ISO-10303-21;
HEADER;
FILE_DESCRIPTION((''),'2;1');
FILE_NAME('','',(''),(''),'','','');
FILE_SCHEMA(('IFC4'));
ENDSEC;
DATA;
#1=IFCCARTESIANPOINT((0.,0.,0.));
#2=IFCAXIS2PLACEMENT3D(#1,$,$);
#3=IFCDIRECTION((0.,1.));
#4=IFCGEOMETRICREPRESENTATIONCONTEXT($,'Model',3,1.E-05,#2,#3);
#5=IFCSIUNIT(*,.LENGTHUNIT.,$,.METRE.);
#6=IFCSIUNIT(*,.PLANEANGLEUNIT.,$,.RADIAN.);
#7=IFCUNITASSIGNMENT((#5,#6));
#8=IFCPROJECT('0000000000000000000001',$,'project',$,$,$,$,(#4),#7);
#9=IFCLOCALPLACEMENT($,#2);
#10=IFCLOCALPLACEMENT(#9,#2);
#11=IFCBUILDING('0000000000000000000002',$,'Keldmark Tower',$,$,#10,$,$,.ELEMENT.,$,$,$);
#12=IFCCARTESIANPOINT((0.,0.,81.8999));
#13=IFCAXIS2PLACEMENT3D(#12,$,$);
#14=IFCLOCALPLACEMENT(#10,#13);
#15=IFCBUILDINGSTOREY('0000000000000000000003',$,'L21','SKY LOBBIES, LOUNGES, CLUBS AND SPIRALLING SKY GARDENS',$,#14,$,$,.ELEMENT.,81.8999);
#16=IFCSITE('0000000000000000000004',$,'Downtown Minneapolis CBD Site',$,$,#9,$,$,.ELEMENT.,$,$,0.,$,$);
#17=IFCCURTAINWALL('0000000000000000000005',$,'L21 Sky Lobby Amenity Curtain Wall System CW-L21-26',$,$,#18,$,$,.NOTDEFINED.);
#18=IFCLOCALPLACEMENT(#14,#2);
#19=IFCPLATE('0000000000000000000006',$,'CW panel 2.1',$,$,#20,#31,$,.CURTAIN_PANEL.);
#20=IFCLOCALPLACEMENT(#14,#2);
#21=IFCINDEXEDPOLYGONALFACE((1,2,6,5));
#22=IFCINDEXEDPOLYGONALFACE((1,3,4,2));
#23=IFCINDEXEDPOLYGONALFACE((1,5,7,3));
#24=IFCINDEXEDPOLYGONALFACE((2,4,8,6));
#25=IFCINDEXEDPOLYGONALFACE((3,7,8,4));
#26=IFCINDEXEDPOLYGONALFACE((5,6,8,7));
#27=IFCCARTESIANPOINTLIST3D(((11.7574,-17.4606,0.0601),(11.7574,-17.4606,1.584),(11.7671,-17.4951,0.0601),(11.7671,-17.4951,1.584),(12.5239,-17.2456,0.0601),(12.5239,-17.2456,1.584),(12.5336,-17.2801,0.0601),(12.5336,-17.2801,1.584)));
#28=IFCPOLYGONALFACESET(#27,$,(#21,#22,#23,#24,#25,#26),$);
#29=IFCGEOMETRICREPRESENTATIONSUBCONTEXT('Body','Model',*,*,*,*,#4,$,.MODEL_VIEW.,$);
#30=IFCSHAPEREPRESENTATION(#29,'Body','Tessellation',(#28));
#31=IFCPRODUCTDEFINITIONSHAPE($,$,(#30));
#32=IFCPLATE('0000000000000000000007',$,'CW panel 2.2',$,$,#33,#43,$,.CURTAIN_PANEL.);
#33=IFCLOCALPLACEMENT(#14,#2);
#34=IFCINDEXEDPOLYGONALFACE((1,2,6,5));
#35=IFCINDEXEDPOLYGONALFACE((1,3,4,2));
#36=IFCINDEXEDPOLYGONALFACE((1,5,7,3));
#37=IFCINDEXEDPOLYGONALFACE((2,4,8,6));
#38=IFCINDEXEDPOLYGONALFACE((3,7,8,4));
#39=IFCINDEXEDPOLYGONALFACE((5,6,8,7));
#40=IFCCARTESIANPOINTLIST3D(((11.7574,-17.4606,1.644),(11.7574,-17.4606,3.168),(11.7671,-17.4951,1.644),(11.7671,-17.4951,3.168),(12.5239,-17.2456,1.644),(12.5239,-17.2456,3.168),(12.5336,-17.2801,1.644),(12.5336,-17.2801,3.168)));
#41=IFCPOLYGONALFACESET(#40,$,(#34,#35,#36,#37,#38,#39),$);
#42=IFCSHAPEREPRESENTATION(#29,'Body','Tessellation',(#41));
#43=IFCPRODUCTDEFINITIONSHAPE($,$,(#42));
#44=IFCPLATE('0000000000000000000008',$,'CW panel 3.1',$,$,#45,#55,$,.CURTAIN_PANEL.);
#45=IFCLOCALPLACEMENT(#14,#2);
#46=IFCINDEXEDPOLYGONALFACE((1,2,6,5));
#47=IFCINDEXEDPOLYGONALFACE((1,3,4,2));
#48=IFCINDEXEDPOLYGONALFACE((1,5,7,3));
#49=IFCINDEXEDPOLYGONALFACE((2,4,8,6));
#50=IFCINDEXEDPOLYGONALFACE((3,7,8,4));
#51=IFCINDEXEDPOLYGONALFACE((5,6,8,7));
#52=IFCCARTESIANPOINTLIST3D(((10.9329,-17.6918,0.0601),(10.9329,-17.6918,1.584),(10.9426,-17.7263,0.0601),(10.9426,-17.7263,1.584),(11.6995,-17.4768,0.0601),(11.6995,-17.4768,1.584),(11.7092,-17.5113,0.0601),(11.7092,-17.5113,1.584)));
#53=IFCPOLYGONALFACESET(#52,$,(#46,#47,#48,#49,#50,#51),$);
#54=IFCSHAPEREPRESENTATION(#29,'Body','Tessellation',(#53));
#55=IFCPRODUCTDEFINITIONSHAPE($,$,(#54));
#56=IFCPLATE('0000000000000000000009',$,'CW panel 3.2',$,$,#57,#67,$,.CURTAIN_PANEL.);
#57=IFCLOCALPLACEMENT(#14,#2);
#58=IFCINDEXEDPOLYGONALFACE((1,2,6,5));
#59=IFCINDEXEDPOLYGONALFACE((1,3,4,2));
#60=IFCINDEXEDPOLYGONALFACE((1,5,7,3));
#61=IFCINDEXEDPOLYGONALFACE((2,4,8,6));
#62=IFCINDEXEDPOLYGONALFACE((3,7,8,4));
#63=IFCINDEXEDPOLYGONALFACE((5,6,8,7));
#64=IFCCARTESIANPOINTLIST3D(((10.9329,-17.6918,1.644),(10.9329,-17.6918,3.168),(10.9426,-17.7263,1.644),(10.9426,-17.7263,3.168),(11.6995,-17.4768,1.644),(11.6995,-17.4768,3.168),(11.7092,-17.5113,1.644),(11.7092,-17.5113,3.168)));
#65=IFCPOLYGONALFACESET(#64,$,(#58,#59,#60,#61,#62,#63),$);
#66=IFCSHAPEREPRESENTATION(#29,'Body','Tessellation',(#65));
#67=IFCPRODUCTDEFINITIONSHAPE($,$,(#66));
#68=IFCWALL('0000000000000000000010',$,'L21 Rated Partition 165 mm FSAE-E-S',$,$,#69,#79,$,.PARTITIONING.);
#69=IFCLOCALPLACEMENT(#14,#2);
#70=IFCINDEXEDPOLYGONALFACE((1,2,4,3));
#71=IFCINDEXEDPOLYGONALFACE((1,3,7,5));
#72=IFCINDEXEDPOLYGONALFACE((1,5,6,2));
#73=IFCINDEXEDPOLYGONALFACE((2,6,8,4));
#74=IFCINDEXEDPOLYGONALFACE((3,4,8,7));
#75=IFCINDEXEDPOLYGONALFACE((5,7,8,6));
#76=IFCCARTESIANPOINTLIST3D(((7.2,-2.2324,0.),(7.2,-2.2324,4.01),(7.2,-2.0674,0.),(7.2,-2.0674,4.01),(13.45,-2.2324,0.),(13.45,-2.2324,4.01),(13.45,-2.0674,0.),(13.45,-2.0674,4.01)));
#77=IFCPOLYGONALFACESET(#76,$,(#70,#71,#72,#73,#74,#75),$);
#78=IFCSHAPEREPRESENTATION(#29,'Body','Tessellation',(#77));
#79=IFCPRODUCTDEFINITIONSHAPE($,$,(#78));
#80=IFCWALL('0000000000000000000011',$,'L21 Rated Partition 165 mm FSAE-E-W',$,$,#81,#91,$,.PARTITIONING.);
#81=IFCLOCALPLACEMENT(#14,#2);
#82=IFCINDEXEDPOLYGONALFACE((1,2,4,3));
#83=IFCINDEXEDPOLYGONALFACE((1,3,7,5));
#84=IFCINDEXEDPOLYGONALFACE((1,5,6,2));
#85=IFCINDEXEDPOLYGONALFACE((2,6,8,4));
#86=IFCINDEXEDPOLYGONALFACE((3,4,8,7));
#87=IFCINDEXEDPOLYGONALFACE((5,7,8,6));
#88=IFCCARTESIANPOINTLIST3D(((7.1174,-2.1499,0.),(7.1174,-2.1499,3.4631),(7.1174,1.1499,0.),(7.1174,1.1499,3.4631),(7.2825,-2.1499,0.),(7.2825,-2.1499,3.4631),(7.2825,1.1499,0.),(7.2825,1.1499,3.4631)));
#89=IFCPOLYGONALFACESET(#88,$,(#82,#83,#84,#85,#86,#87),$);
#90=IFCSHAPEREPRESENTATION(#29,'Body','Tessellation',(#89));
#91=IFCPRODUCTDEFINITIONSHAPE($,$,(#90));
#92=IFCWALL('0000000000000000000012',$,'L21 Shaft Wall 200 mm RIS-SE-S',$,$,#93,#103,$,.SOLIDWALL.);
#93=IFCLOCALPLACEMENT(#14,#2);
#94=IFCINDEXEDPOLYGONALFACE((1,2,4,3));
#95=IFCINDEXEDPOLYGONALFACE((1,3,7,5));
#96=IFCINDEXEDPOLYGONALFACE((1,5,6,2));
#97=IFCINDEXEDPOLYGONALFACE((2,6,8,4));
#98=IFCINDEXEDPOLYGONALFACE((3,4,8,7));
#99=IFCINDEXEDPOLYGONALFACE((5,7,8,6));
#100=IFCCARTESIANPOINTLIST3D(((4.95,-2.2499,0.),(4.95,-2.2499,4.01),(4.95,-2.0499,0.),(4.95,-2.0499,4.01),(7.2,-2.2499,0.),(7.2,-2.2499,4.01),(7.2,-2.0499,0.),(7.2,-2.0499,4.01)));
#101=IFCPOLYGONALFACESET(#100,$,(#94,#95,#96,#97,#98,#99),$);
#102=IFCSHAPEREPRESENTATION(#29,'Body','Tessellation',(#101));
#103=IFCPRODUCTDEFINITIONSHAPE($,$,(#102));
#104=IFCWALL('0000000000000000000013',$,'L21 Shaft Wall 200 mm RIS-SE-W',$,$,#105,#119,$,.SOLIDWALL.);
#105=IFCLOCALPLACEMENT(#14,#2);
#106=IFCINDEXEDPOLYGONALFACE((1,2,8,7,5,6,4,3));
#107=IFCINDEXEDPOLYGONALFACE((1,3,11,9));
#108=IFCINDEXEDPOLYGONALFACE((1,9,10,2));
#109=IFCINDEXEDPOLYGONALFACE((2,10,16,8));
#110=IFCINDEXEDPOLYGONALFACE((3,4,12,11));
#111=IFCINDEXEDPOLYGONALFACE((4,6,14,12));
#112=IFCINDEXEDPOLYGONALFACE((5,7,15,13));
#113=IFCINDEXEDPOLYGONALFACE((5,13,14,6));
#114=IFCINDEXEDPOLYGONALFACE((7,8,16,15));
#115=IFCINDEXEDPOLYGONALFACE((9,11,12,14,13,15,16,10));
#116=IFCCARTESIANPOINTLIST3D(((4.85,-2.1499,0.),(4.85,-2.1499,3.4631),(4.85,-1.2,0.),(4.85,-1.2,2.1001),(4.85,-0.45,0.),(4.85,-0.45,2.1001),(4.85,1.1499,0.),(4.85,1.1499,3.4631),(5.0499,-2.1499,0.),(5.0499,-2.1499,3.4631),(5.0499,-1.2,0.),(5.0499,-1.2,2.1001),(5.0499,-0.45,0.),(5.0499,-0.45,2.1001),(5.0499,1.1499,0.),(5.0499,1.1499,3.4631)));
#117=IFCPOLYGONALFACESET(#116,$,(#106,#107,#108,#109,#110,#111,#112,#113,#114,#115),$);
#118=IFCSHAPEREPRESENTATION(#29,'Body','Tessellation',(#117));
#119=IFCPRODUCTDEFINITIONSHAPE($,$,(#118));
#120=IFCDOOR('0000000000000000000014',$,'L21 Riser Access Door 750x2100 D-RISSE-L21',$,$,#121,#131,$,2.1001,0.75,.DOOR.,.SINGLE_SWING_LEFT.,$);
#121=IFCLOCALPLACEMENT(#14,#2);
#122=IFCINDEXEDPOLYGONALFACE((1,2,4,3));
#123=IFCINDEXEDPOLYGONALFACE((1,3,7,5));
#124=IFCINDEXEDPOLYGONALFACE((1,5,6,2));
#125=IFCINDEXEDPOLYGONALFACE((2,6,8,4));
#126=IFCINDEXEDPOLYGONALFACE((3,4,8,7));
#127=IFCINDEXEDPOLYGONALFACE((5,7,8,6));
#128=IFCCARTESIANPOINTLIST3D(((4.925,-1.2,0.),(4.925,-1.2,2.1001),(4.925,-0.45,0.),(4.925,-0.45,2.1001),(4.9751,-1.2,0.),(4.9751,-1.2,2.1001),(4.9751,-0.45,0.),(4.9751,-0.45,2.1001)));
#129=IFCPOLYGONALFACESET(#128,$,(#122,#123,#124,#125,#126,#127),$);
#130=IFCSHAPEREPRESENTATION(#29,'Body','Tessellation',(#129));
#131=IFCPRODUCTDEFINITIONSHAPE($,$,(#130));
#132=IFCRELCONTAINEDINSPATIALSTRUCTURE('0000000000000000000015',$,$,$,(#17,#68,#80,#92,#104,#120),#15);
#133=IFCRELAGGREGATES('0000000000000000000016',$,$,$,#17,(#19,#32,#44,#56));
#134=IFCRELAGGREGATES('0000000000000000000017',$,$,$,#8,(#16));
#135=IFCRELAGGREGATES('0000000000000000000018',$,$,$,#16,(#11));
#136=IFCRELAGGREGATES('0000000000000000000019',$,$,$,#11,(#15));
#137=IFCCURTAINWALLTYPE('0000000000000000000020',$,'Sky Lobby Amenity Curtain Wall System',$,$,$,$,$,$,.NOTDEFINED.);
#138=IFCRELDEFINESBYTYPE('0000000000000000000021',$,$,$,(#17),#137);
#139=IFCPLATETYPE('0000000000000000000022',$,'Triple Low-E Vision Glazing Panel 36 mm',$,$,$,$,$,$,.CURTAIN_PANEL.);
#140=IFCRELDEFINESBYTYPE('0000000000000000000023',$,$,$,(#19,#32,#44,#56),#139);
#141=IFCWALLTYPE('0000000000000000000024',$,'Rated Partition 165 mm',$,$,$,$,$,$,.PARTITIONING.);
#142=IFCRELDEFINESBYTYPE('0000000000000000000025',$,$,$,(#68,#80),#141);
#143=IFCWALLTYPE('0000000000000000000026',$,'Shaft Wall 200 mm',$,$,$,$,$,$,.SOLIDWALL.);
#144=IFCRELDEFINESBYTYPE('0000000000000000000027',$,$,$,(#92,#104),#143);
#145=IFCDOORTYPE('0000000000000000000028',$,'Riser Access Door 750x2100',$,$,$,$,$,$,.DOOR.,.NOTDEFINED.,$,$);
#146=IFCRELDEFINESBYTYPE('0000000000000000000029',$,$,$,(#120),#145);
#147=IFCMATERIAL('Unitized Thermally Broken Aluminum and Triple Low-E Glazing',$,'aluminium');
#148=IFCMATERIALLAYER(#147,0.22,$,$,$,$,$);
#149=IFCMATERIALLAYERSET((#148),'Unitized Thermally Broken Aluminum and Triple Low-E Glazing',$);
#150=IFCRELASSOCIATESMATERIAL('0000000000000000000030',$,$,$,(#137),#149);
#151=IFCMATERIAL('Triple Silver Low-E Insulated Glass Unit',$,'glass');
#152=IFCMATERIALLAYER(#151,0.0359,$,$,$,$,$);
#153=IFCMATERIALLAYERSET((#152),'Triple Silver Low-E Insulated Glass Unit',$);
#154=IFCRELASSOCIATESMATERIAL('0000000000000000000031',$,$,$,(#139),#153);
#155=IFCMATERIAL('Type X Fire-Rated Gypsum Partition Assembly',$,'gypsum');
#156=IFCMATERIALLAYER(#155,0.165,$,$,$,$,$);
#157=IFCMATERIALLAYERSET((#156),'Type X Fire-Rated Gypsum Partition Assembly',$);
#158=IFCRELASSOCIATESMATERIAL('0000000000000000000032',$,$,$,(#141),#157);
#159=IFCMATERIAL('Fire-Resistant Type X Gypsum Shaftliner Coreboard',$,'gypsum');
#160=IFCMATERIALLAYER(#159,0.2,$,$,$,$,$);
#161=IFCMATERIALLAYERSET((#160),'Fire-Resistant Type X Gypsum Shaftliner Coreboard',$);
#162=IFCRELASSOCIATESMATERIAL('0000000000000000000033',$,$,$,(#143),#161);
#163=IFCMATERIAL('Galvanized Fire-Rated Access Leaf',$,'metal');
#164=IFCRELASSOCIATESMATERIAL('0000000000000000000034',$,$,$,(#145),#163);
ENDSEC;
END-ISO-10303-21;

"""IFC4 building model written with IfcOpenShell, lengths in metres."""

from ifc_helpers import new_model, si_unit, direction, frame, frame_2d, origin, origin_2d, place, context, subcontext, project, spatial, rectangle, extrude, material, layer, layer_set, type_object, element, fill, aggregate, save


model = new_model("IFC4")

# Units and contexts
model_context = context("Model", 3, precision=1e-05, world=origin(), true_north=direction((0.0, 1.0)))
body_context = subcontext(model_context, "Body", "Model", "MODEL_VIEW")
ifc_project = project(units=[si_unit("LENGTHUNIT", "METRE"), si_unit("PLANEANGLEUNIT", "RADIAN")], contexts=[model_context])

# Site, building, storey
site_placement = place(None, origin())
site = spatial("IfcSite", under=ifc_project, at=site_placement, Name="Downtown Minneapolis CBD Site", CompositionType="ELEMENT", RefElevation=0.0)
building_placement = place(site_placement, origin())
building = spatial("IfcBuilding", under=site, at=building_placement, Name="Keldmark Tower", CompositionType="ELEMENT")
storey_placement = place(building_placement, frame((0.0, 0.0, 81.8999)))
storey = spatial("IfcBuildingStorey", under=building, at=storey_placement, Name="L21", Description="SKY LOBBIES, LOUNGES, CLUBS AND SPIRALLING SKY GARDENS", CompositionType="ELEMENT", Elevation=81.8999)

# Curtain wall
ifc_material_1 = material(Name="Unitized Thermally Broken Aluminum and Triple Low-E Glazing", Category="aluminium")
ifc_layer_1 = layer(ifc_material_1, 0.22)
ifc_layer_set_1 = layer_set([ifc_layer_1], Name="Unitized Thermally Broken Aluminum and Triple Low-E Glazing")
curtain_wall_type = type_object("IfcCurtainWallType", Name="Sky Lobby Amenity Curtain Wall System", PredefinedType="NOTDEFINED", material=ifc_layer_set_1)
curtain_wall_placement = place(storey_placement, origin())
curtain_wall = element("IfcCurtainWall", 1, at=curtain_wall_placement, inside=storey, type_object=curtain_wall_type, Name="L21 Sky Lobby Amenity Curtain Wall System CW-L21-26", PredefinedType="NOTDEFINED")

# Plates
ifc_material_2 = material(Name="Triple Silver Low-E Insulated Glass Unit", Category="glass")
ifc_layer_2 = layer(ifc_material_2, 0.0359)
ifc_layer_set_2 = layer_set([ifc_layer_2], Name="Triple Silver Low-E Insulated Glass Unit")
plate_type = type_object("IfcPlateType", Name="Triple Low-E Vision Glazing Panel 36 mm", PredefinedType="CURTAIN_PANEL", material=ifc_layer_set_2)
plate_1_placement = place(storey_placement, frame((12.1455, -17.3704, 0.0601), z_axis=(0.0, 0.0, 1.0), x_axis=(-0.962852, -0.270028, 0.0)))
plate_1 = element("IfcPlate", 2, at=plate_1_placement, type_object=plate_type, Name="CW panel 2.1", PredefinedType="CURTAIN_PANEL", context=body_context, shape_type="SweptSolid", body=[
    extrude(rectangle(XDim=0.7961, YDim=0.0359, at=origin_2d()), origin(), (0.0, 0.0, 1.0), 1.5239),
])
plate_2_placement = place(storey_placement, frame((12.1455, -17.3704, 1.644), z_axis=(0.0, 0.0, 1.0), x_axis=(-0.962852, -0.270028, 0.0)))
plate_2 = element("IfcPlate", 3, at=plate_2_placement, type_object=plate_type, Name="CW panel 2.2", PredefinedType="CURTAIN_PANEL", context=body_context, shape_type="SweptSolid", body=[
    extrude(rectangle(XDim=0.7961, YDim=0.0359, at=origin_2d()), origin(), (0.0, 0.0, 1.0), 1.5239),
])
plate_3_placement = place(storey_placement, frame((11.321, -17.6016, 0.0601), z_axis=(0.0, 0.0, 1.0), x_axis=(-0.962852, -0.270028, 0.0)))
plate_3 = element("IfcPlate", 4, at=plate_3_placement, type_object=plate_type, Name="CW panel 3.1", PredefinedType="CURTAIN_PANEL", context=body_context, shape_type="SweptSolid", body=[
    extrude(rectangle(XDim=0.7961, YDim=0.0359, at=origin_2d()), origin(), (0.0, 0.0, 1.0), 1.5239),
])
plate_4_placement = place(storey_placement, frame((11.321, -17.6016, 1.644), z_axis=(0.0, 0.0, 1.0), x_axis=(-0.962852, -0.270028, 0.0)))
plate_4 = element("IfcPlate", 5, at=plate_4_placement, type_object=plate_type, Name="CW panel 3.2", PredefinedType="CURTAIN_PANEL", context=body_context, shape_type="SweptSolid", body=[
    extrude(rectangle(XDim=0.7961, YDim=0.0359, at=origin_2d()), origin(), (0.0, 0.0, 1.0), 1.5239),
])
aggregate(curtain_wall, [plate_1, plate_2, plate_3, plate_4])

# Walls
ifc_material_3 = material(Name="Type X Fire-Rated Gypsum Partition Assembly", Category="gypsum")
ifc_layer_3 = layer(ifc_material_3, 0.165)
ifc_layer_set_3 = layer_set([ifc_layer_3], Name="Type X Fire-Rated Gypsum Partition Assembly")
wall_type_1 = type_object("IfcWallType", Name="Rated Partition 165 mm", PredefinedType="PARTITIONING", material=ifc_layer_set_3)
wall_1_placement = place(storey_placement, frame((7.2, -2.1499, 0.0), z_axis=(0.0, 0.0, 1.0), x_axis=(1.0, 0.0, 0.0)))
element("IfcWall", 6, at=wall_1_placement, inside=storey, type_object=wall_type_1, Name="L21 Rated Partition 165 mm FSAE-E-S", PredefinedType="PARTITIONING", context=body_context, shape_type="SweptSolid", body=[
    extrude(rectangle(XDim=6.25, YDim=0.165, at=frame_2d((3.125, 0.0))), origin(), (0.0, 0.0, 1.0), 4.01),
])
wall_2_placement = place(storey_placement, frame((7.2, -2.1499, 0.0), z_axis=(0.0, 0.0, 1.0), x_axis=(0.0, 1.0, 0.0)))
element("IfcWall", 7, at=wall_2_placement, inside=storey, type_object=wall_type_1, Name="L21 Rated Partition 165 mm FSAE-E-W", PredefinedType="PARTITIONING", context=body_context, shape_type="SweptSolid", body=[
    extrude(rectangle(XDim=3.2998, YDim=0.165, at=frame_2d((1.6499, 0.0))), origin(), (0.0, 0.0, 1.0), 3.4631),
])
ifc_material_4 = material(Name="Fire-Resistant Type X Gypsum Shaftliner Coreboard", Category="gypsum")
ifc_layer_4 = layer(ifc_material_4, 0.2)
ifc_layer_set_4 = layer_set([ifc_layer_4], Name="Fire-Resistant Type X Gypsum Shaftliner Coreboard")
wall_type_2 = type_object("IfcWallType", Name="Shaft Wall 200 mm", PredefinedType="SOLIDWALL", material=ifc_layer_set_4)
wall_3_placement = place(storey_placement, frame((4.95, -2.1499, 0.0), z_axis=(0.0, 0.0, 1.0), x_axis=(1.0, 0.0, 0.0)))
element("IfcWall", 8, at=wall_3_placement, inside=storey, type_object=wall_type_2, Name="L21 Shaft Wall 200 mm RIS-SE-S", PredefinedType="SOLIDWALL", context=body_context, shape_type="SweptSolid", body=[
    extrude(rectangle(XDim=2.25, YDim=0.2, at=frame_2d((1.125, 0.0))), origin(), (0.0, 0.0, 1.0), 4.01),
])

# Wall, opening, door
wall_4_placement = place(storey_placement, frame((4.95, -2.1499, 0.0), z_axis=(0.0, 0.0, 1.0), x_axis=(0.0, 1.0, 0.0)))
wall_4 = element("IfcWall", 9, at=wall_4_placement, inside=storey, type_object=wall_type_2, Name="L21 Shaft Wall 200 mm RIS-SE-W", PredefinedType="SOLIDWALL", context=body_context, shape_type="SweptSolid", body=[
    extrude(rectangle(XDim=3.2998, YDim=0.2, at=frame_2d((1.6499, 0.0))), origin(), (0.0, 0.0, 1.0), 3.4631),
])
opening_placement = place(wall_4_placement, frame((0.95, 0.0, 0.0)))
opening = element("IfcOpeningElement", 10, at=opening_placement, cuts=wall_4, PredefinedType="OPENING", context=body_context, shape_type="SweptSolid", body=[
    extrude(rectangle(XDim=0.75, YDim=2.1001, at=frame_2d((0.375, 1.05))), frame((0.0, 0.1099, 0.0), z_axis=(0.0, -1.0, 0.0), x_axis=(1.0, 0.0, 0.0)), (0.0, 0.0, 1.0), 0.22),
])
ifc_material_5 = material(Name="Galvanized Fire-Rated Access Leaf", Category="metal")
door_type = type_object("IfcDoorType", Name="Riser Access Door 750x2100", OperationType="NOTDEFINED", PredefinedType="DOOR", material=ifc_material_5)
door_placement = place(opening_placement, origin())
door = element("IfcDoor", 11, at=door_placement, inside=storey, type_object=door_type, Name="L21 Riser Access Door 750x2100 D-RISSE-L21", OperationType="SINGLE_SWING_LEFT", OverallHeight=2.1001, OverallWidth=0.75, PredefinedType="DOOR", context=body_context, shape_type="SweptSolid", body=[
    extrude(rectangle(XDim=0.75, YDim=2.1001, at=frame_2d((0.375, 1.05))), frame((0.0, 0.0249, 0.0), z_axis=(0.0, -1.0, 0.0), x_axis=(1.0, 0.0, 0.0)), (0.0, 0.0, 1.0), 0.05),
])
fill(opening, door)

save(model, "model.ifc")
